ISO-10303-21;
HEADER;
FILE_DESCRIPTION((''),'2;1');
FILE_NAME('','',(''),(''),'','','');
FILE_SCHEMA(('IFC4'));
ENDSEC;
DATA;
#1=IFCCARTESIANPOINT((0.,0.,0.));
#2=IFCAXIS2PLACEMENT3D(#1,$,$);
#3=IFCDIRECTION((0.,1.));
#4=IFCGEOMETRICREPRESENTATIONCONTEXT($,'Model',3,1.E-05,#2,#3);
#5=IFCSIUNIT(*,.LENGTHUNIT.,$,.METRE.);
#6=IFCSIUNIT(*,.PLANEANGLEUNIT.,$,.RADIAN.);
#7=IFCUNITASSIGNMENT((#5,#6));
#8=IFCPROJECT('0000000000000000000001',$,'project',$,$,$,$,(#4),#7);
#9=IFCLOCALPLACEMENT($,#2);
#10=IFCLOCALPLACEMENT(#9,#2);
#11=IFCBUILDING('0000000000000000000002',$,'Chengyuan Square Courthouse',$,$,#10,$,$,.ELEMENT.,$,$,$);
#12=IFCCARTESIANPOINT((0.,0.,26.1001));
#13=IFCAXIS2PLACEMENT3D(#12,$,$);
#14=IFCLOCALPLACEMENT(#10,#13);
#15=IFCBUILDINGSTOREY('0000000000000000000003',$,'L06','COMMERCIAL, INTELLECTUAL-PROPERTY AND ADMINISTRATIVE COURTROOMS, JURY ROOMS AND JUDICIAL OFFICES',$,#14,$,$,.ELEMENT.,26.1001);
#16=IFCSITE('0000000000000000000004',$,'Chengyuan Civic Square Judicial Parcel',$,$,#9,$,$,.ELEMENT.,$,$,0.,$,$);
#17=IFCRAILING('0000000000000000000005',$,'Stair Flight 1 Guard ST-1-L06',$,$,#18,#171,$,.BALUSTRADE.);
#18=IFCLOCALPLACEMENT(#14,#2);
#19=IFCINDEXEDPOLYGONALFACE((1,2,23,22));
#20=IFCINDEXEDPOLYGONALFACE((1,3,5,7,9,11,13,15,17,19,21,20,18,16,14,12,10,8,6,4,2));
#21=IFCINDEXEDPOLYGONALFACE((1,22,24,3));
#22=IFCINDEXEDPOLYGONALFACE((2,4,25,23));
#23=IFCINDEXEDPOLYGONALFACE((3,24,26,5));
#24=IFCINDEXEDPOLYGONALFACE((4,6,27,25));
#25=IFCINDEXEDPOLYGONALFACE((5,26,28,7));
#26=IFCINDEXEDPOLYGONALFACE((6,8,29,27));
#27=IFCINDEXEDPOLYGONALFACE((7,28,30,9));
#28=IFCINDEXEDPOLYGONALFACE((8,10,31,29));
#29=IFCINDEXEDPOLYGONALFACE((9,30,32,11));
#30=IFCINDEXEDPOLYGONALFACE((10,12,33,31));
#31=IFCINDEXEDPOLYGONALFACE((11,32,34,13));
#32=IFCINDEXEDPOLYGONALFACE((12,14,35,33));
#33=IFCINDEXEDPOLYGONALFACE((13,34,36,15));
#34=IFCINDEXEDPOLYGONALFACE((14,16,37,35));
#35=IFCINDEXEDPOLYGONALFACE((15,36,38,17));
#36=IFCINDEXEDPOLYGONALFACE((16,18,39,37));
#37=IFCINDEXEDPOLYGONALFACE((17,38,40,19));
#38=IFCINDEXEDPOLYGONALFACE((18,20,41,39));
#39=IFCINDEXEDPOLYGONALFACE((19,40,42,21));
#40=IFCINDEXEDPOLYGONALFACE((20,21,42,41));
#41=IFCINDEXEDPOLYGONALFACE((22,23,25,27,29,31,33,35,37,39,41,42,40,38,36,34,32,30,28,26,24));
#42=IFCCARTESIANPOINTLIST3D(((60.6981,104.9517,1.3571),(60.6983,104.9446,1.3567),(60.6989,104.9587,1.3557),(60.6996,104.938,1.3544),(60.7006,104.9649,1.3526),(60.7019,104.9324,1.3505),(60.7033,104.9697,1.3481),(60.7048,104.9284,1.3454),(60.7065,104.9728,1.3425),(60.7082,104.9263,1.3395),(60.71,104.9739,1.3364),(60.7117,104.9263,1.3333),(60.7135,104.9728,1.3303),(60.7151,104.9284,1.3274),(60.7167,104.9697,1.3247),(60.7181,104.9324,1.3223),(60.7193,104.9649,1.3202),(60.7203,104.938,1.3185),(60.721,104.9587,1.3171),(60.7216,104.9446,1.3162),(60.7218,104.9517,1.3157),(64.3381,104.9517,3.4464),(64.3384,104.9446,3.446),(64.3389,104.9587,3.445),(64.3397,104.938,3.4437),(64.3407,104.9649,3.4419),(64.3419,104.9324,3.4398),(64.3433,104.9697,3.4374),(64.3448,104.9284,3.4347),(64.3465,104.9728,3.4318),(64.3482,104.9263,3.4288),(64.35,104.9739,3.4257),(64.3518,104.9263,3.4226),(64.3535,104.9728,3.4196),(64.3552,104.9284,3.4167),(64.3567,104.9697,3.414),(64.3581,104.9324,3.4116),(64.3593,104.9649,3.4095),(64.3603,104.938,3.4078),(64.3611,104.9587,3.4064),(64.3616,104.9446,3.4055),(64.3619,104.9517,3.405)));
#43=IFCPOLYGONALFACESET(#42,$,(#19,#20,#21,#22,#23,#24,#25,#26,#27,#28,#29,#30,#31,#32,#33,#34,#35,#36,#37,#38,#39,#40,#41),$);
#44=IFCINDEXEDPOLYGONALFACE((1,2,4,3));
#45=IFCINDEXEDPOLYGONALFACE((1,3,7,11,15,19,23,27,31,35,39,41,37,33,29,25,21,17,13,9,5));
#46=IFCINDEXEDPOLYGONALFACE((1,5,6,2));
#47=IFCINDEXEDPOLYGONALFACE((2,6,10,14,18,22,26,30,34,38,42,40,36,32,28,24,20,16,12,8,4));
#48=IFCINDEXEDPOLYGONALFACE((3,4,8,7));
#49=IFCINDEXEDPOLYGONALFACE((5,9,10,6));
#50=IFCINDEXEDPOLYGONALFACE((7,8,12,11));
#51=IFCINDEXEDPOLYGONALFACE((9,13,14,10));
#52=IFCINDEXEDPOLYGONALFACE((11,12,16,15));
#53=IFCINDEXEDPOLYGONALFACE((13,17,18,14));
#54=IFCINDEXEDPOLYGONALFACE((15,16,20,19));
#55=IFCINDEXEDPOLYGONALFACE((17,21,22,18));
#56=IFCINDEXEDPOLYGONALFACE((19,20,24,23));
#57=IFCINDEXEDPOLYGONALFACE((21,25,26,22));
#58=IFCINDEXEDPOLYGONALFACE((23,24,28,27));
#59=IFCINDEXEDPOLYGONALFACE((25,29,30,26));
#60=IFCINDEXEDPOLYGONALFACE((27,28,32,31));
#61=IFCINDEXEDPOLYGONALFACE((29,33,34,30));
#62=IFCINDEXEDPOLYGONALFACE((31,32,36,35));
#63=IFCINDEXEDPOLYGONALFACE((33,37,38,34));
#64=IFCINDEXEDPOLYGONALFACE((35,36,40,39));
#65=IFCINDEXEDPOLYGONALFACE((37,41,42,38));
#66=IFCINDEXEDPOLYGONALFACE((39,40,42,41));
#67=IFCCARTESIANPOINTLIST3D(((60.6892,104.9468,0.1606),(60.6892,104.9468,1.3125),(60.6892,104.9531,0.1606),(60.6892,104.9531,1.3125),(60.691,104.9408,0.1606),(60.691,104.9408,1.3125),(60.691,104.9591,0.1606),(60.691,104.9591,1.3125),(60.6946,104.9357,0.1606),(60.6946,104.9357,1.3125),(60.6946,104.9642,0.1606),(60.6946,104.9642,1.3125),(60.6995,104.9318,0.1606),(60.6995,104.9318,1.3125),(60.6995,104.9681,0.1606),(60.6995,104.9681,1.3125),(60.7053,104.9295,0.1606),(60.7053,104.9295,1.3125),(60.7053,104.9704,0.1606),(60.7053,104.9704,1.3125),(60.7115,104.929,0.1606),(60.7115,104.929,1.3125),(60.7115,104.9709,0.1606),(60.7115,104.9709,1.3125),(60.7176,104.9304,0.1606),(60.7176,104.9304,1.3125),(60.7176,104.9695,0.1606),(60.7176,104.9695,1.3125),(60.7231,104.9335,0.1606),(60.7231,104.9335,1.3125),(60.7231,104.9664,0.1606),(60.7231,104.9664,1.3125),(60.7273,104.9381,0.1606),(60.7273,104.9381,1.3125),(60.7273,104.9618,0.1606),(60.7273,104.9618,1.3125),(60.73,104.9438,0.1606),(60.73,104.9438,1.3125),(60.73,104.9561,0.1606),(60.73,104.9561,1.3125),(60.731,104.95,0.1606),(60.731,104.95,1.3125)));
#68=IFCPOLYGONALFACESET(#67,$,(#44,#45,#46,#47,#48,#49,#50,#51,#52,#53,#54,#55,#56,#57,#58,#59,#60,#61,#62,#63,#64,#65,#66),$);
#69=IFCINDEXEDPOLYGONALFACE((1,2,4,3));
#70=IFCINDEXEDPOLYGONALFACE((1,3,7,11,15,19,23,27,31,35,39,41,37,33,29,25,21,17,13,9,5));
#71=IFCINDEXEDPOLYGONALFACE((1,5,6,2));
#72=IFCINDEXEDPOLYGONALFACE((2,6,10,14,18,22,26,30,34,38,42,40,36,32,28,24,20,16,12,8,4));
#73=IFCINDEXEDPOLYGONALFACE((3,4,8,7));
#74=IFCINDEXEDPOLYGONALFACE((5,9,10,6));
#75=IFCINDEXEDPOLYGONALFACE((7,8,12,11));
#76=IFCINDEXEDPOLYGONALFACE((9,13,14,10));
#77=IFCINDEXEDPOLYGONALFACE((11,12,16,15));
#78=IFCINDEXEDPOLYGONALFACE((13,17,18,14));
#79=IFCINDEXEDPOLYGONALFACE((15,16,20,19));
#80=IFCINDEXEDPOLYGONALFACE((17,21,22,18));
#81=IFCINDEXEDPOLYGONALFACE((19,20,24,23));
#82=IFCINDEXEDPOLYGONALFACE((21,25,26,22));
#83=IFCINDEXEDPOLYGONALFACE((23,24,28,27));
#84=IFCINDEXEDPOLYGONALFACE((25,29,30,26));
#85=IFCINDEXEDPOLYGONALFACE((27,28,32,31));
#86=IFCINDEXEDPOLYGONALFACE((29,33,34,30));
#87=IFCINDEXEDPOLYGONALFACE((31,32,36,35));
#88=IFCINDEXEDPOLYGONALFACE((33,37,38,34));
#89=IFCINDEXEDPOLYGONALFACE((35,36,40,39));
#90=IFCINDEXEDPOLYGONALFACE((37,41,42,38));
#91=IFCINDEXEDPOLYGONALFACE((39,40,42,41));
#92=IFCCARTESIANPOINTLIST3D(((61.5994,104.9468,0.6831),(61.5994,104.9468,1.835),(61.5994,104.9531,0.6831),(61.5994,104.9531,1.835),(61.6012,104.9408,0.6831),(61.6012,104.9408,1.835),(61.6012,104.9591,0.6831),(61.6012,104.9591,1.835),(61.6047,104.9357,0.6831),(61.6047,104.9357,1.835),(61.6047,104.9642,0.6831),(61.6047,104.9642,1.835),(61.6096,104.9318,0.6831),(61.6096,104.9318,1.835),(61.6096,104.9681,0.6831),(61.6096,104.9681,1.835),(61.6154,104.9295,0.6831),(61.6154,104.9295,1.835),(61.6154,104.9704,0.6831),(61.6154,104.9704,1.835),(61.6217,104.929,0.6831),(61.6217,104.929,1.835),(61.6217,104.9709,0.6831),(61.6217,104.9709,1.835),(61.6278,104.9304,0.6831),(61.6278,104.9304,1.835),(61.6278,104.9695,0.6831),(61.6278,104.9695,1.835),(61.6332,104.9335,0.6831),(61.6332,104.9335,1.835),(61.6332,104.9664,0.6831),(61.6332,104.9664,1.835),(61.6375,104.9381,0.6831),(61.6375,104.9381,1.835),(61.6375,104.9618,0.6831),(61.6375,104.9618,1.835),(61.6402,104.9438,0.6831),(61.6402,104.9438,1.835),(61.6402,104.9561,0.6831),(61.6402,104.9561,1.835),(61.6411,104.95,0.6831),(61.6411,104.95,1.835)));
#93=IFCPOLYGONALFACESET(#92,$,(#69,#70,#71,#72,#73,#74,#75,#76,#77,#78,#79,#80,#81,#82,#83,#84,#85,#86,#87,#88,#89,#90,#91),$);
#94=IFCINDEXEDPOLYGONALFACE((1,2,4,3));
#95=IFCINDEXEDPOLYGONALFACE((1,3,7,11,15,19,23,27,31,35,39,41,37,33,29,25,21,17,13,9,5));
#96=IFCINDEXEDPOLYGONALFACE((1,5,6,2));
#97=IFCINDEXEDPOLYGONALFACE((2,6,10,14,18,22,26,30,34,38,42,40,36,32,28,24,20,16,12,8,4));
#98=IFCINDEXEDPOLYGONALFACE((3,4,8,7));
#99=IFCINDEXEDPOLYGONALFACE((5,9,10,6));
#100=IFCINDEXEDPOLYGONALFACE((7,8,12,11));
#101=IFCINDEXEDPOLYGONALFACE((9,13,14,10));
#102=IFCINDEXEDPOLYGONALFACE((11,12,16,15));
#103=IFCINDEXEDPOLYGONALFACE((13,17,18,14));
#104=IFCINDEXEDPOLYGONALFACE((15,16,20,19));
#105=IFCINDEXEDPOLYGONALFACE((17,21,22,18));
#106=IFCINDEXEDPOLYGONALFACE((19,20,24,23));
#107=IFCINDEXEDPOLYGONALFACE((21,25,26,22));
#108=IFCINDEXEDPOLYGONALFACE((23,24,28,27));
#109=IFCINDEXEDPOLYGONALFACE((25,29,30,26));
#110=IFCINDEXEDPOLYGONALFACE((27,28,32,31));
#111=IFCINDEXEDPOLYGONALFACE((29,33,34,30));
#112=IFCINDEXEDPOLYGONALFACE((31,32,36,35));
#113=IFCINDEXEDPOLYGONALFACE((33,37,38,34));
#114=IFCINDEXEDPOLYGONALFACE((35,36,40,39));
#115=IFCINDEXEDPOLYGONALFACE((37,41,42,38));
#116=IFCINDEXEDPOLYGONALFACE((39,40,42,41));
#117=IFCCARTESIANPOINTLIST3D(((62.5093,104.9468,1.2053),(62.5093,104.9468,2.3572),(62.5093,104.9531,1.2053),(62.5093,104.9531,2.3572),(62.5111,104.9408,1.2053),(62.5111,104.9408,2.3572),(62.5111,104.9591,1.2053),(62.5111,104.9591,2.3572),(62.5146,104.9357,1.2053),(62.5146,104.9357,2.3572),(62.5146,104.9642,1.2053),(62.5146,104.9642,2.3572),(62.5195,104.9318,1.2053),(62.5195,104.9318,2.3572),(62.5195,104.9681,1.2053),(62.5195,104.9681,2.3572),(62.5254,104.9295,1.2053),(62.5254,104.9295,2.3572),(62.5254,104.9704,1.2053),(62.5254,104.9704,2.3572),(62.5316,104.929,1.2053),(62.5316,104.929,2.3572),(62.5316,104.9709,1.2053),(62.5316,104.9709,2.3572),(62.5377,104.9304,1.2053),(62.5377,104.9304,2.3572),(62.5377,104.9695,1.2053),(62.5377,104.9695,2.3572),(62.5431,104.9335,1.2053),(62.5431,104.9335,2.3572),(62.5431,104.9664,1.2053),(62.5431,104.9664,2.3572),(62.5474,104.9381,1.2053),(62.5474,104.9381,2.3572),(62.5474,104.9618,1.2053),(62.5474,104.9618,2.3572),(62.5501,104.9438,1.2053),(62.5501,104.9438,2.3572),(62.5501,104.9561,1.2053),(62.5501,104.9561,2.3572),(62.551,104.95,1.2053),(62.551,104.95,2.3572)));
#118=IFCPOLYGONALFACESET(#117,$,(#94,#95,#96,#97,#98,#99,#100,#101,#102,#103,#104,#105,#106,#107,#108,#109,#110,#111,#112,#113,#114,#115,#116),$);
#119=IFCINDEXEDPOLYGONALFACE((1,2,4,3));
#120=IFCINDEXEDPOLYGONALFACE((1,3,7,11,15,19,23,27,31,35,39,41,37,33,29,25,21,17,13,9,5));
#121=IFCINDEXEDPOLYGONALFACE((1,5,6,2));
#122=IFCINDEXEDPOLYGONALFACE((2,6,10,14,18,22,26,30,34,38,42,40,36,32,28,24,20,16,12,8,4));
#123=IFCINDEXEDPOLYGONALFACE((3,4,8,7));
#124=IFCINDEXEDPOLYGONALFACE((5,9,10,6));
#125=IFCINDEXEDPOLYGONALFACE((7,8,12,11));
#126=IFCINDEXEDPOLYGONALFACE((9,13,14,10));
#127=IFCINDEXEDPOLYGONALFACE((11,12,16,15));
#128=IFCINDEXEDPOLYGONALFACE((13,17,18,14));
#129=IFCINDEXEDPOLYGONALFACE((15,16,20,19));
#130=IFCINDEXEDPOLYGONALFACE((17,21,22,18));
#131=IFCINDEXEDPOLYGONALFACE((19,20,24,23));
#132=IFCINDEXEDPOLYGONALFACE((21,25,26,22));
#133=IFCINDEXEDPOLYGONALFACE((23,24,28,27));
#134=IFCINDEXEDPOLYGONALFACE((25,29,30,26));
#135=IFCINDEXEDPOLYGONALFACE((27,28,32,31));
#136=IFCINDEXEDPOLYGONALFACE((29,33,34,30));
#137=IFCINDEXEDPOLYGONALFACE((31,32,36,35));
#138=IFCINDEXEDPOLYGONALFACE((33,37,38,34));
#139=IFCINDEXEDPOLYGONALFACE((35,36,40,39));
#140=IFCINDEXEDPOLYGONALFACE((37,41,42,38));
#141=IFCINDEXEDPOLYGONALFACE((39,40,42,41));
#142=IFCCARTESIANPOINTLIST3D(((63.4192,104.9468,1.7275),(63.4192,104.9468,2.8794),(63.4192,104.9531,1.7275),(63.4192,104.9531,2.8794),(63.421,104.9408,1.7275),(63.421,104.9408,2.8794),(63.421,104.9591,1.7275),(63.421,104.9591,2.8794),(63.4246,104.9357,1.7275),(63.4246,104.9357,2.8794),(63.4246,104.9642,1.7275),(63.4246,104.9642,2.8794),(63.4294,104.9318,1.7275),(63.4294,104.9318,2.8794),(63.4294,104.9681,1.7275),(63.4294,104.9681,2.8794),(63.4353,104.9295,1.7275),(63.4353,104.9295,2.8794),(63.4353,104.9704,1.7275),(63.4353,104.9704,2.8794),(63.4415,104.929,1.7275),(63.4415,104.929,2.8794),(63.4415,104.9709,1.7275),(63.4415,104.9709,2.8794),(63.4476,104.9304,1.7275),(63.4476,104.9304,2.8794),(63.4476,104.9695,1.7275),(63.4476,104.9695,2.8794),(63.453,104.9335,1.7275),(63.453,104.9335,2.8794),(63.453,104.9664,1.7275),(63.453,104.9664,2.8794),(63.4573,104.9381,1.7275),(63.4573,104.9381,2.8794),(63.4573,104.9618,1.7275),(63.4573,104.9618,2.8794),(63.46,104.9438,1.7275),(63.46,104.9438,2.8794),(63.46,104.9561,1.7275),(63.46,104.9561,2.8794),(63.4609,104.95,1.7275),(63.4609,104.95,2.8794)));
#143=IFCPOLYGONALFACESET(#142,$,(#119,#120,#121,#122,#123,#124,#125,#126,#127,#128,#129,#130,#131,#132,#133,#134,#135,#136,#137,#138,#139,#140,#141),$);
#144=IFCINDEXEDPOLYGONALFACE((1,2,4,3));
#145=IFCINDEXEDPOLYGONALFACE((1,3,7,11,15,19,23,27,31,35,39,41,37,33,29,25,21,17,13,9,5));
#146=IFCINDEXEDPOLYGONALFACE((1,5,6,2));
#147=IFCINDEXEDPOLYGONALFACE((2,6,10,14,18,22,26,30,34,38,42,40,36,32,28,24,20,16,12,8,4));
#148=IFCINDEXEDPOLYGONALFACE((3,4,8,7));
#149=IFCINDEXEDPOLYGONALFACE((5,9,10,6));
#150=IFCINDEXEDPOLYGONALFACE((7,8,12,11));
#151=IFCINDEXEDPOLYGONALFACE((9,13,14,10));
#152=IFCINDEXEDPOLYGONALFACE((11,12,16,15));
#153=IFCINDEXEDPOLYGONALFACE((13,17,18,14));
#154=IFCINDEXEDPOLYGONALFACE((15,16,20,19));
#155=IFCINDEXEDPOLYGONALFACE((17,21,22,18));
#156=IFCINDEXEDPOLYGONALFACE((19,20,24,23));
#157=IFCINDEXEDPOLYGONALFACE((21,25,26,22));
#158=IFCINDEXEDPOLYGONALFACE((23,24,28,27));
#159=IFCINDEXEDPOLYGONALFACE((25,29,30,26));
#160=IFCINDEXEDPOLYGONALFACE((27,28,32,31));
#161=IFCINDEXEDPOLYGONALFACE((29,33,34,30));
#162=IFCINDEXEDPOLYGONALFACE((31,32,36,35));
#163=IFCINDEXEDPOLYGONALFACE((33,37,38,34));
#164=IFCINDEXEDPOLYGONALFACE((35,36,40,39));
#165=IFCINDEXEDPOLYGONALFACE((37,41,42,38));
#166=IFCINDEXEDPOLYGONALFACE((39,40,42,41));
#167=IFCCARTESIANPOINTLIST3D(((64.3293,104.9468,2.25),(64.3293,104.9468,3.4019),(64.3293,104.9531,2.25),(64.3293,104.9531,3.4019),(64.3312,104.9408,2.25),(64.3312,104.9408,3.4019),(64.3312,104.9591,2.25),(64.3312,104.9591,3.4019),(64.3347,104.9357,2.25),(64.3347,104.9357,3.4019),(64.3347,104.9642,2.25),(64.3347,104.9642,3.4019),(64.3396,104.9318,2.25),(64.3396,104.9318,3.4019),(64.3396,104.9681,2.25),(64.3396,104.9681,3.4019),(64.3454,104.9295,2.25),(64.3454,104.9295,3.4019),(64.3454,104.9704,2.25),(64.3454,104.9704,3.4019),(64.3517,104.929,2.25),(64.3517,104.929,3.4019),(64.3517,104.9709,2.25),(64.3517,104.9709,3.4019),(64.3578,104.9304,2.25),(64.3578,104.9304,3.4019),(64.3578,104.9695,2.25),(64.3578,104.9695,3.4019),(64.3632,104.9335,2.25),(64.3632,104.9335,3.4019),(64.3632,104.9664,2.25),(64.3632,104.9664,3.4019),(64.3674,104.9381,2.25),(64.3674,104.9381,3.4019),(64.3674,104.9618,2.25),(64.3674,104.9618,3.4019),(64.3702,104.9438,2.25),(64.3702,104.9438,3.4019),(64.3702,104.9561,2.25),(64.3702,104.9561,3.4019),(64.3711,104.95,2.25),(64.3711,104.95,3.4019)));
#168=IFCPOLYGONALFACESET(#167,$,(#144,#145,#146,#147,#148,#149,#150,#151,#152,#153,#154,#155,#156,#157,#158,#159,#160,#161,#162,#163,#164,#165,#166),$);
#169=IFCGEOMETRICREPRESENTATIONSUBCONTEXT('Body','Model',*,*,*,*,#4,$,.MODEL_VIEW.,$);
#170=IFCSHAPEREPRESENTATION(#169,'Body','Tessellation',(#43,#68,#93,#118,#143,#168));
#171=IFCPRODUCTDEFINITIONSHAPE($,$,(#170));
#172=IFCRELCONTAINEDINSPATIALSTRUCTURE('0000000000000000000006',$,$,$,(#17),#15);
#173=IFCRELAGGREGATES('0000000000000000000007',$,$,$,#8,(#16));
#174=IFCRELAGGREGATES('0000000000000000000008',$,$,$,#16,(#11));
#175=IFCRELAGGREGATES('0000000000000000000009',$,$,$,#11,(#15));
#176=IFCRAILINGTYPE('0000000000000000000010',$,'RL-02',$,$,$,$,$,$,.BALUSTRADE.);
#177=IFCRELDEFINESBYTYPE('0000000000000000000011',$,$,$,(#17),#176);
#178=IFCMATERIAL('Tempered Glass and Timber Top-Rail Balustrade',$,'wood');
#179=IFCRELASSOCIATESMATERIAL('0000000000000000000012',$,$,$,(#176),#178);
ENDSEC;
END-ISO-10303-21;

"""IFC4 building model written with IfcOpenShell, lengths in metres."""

from ifc_helpers import new_model, si_unit, direction, frame, origin, origin_2d, place, context, subcontext, project, spatial, circle, extrude, material, type_object, element, save


model = new_model("IFC4")

# Units and contexts
model_context = context("Model", 3, precision=1e-05, world=origin(), true_north=direction((0.0, 1.0)))
body_context = subcontext(model_context, "Body", "Model", "MODEL_VIEW")
ifc_project = project(units=[si_unit("LENGTHUNIT", "METRE"), si_unit("PLANEANGLEUNIT", "RADIAN")], contexts=[model_context])

# Site, building, storey
site_placement = place(None, origin())
site = spatial("IfcSite", under=ifc_project, at=site_placement, Name="Chengyuan Civic Square Judicial Parcel", CompositionType="ELEMENT", RefElevation=0.0)
building_placement = place(site_placement, origin())
building = spatial("IfcBuilding", under=site, at=building_placement, Name="Chengyuan Square Courthouse", CompositionType="ELEMENT")
storey_placement = place(building_placement, frame((0.0, 0.0, 26.1001)))
storey = spatial("IfcBuildingStorey", under=building, at=storey_placement, Name="L06", Description="COMMERCIAL, INTELLECTUAL-PROPERTY AND ADMINISTRATIVE COURTROOMS, JURY ROOMS AND JUDICIAL OFFICES", CompositionType="ELEMENT", Elevation=26.1001)

# Railing
ifc_material_1 = material(Name="Tempered Glass and Timber Top-Rail Balustrade", Category="wood")
railing_type_1 = type_object("IfcRailingType", Name="RL-02", PredefinedType="BALUSTRADE", material=ifc_material_1)
railing_1_placement = place(storey_placement, frame((60.71, 104.95, 0.1606)))
element("IfcRailing", 1, at=railing_1_placement, inside=storey, type_object=railing_type_1, Name="Stair Flight 1 Guard ST-1-L06", PredefinedType="BALUSTRADE", context=body_context, shape_type="SweptSolid", body=[
    extrude(circle(Radius=0.0239, at=origin_2d()), frame((0.0, 0.0, 1.1758), z_axis=(0.867289, 0.0, 0.497804), x_axis=(0.0, 1.0, 0.0)), (0.0, 0.0, 1.0), 4.197),
    extrude(circle(Radius=0.021, at=origin_2d()), origin(), (0.0, 0.0, 1.0), 1.1519),
    extrude(circle(Radius=0.021, at=origin_2d()), frame((0.9102, 0.0, 0.5225)), (0.0, 0.0, 1.0), 1.1519),
    extrude(circle(Radius=0.021, at=origin_2d()), frame((1.8201, 0.0, 1.0447)), (0.0, 0.0, 1.0), 1.1519),
    extrude(circle(Radius=0.021, at=origin_2d()), frame((2.73, 0.0, 1.5669)), (0.0, 0.0, 1.0), 1.1519),
    extrude(circle(Radius=0.021, at=origin_2d()), frame((3.6401, 0.0, 2.0894)), (0.0, 0.0, 1.0), 1.1519),
])

save(model, "model.ifc")
